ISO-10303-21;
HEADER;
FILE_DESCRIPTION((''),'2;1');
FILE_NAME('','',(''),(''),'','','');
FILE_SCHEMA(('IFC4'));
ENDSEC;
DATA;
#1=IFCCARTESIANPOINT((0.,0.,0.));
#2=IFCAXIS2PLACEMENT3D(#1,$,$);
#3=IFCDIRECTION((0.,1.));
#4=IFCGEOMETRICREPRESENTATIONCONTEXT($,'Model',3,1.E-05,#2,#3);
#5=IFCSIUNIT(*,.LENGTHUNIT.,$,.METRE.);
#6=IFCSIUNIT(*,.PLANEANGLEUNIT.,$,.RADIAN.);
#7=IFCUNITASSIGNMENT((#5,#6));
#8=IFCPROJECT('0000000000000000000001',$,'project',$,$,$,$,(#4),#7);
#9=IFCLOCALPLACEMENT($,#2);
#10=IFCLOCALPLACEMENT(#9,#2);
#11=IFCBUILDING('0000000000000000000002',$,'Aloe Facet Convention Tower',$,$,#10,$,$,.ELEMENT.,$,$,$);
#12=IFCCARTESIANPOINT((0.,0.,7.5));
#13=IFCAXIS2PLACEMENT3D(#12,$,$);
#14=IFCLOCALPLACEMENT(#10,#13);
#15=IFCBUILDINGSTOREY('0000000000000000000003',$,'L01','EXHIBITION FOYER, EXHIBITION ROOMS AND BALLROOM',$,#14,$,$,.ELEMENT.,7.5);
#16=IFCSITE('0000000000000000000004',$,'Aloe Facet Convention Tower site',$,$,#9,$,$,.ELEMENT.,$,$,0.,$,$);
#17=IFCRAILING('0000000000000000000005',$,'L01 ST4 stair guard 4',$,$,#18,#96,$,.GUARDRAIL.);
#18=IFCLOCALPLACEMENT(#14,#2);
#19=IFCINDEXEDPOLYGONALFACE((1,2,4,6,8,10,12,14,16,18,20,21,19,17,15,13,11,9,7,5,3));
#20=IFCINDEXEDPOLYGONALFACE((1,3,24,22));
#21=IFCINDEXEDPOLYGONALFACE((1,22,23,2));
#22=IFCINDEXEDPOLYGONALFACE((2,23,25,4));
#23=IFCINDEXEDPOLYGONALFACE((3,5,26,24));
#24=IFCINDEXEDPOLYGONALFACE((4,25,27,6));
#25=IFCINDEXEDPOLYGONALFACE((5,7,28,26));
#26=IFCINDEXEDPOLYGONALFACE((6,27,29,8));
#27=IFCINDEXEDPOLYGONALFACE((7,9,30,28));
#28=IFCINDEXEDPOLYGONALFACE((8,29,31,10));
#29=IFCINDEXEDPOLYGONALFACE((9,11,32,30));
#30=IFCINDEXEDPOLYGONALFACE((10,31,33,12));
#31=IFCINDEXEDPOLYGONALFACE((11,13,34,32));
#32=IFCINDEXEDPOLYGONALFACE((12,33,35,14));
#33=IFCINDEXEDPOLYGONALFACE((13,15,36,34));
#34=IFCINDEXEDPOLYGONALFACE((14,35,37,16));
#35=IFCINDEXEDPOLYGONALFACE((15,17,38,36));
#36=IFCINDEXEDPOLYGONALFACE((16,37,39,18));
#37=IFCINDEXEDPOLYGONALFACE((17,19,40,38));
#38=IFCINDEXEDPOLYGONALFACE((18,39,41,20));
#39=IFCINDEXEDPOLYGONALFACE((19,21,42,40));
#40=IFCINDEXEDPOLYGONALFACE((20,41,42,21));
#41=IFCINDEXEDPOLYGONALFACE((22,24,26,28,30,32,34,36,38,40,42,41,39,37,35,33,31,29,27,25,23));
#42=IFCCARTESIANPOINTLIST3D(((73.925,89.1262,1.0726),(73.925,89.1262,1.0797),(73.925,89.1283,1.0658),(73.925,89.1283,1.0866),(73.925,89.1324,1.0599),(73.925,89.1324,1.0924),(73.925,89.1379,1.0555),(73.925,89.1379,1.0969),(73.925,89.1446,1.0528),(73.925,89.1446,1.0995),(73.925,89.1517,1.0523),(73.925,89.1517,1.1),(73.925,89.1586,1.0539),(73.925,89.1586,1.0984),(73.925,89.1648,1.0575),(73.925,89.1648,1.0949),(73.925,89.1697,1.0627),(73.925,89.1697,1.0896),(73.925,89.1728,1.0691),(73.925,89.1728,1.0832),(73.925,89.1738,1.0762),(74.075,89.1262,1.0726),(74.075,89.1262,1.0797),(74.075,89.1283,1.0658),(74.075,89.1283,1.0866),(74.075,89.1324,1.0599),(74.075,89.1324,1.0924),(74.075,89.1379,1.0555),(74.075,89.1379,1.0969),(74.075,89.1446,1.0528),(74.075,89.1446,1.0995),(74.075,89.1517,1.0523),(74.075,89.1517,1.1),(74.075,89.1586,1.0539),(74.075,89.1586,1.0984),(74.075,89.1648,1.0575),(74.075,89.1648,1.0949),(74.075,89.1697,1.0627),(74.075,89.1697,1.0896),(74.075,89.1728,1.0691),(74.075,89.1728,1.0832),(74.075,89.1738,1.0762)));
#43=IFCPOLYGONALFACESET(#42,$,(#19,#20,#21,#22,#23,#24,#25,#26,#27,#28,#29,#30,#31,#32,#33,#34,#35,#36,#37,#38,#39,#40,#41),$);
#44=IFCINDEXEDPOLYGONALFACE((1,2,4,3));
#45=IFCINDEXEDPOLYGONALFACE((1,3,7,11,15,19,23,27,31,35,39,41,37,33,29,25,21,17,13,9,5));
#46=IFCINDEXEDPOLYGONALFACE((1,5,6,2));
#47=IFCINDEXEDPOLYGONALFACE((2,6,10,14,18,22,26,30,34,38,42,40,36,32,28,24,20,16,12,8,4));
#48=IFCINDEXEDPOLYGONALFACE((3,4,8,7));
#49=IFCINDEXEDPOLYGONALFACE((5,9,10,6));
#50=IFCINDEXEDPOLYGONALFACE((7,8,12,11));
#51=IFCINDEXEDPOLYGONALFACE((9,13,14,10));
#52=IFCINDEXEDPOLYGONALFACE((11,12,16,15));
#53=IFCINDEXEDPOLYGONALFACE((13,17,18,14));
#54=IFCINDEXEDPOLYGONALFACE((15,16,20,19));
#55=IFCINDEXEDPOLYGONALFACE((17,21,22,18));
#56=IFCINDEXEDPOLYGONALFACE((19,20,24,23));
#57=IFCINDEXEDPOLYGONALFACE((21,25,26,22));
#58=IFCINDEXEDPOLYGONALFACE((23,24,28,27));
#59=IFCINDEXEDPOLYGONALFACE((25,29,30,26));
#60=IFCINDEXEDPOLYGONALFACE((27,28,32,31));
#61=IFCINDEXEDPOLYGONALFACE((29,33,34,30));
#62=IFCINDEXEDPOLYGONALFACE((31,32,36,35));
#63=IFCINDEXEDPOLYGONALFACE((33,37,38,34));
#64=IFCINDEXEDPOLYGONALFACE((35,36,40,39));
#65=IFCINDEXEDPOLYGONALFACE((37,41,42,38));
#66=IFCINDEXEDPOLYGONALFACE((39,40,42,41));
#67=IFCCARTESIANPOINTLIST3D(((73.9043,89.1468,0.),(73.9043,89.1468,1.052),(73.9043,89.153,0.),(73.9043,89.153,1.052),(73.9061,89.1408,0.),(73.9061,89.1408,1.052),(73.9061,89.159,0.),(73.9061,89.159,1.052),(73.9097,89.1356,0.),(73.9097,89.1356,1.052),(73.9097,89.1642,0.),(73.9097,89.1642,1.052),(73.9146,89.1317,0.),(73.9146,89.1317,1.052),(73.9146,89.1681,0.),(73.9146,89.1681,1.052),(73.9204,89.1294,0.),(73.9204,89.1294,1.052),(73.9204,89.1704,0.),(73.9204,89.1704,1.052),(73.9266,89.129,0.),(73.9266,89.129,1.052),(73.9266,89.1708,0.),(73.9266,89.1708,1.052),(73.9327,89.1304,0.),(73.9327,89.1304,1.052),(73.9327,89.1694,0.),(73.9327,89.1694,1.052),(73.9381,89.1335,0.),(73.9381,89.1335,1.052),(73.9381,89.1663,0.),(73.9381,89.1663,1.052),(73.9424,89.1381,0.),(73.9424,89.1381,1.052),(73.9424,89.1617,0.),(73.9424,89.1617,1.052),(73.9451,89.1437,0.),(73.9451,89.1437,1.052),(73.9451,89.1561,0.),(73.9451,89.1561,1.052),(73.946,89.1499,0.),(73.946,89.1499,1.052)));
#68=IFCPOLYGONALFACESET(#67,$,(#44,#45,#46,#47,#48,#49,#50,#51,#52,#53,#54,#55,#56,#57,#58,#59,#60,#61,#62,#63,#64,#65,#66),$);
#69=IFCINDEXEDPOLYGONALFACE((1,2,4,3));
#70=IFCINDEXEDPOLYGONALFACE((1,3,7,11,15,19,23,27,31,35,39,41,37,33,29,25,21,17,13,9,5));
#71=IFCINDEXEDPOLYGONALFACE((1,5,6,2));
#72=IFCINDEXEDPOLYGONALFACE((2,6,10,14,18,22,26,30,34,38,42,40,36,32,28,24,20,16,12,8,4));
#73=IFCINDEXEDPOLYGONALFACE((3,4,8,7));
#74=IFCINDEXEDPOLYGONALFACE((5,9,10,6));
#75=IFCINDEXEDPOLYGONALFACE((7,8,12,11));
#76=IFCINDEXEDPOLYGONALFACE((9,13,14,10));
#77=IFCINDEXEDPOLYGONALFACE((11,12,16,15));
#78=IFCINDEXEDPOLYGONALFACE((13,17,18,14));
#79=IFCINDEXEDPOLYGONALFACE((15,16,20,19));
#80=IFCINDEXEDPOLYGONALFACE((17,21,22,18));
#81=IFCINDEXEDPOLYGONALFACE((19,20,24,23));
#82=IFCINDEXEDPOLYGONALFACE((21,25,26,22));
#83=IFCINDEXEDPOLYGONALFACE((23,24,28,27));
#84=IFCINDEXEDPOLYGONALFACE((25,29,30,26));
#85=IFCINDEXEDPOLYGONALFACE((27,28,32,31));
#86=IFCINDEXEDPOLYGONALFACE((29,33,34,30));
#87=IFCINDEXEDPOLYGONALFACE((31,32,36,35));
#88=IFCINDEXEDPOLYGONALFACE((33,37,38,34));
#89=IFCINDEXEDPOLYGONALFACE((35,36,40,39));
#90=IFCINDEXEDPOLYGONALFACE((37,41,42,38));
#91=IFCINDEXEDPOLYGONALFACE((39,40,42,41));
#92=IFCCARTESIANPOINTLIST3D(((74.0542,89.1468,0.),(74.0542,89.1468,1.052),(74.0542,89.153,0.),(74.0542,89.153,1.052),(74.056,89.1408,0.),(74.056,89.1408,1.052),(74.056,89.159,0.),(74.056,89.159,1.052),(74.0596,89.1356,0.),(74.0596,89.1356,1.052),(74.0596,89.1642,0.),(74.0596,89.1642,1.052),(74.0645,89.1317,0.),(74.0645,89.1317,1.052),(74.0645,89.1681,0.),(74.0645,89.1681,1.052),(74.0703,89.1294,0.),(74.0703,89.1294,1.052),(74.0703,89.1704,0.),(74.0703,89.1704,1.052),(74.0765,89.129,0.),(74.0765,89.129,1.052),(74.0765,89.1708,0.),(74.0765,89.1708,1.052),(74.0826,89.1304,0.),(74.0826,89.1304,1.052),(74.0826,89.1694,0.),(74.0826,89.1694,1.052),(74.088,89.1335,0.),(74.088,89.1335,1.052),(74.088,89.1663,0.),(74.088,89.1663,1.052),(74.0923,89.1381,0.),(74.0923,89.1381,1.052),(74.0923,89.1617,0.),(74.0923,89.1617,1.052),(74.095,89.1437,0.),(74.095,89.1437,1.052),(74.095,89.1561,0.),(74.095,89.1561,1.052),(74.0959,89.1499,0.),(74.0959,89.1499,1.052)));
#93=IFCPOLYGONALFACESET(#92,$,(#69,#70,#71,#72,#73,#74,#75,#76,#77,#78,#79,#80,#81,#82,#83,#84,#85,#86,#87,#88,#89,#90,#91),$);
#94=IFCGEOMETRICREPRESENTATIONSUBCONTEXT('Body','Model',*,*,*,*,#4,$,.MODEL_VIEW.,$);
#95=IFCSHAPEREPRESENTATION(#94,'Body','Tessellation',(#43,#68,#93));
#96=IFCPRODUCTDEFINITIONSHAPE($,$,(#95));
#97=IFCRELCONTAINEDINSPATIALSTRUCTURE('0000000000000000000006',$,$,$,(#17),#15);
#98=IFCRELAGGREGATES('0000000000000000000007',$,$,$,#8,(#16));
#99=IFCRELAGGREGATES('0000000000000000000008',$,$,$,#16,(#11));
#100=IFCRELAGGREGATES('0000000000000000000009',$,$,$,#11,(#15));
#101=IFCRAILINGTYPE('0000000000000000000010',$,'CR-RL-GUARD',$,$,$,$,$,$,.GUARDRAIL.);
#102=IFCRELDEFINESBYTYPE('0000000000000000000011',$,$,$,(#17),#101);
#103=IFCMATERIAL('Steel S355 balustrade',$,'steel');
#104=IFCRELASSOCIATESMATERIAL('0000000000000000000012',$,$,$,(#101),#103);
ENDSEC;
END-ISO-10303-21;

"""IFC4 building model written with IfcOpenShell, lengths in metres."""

from ifc_helpers import new_model, si_unit, direction, frame, origin, origin_2d, place, context, subcontext, project, spatial, circle, extrude, material, type_object, element, save


model = new_model("IFC4")

# Units and contexts
model_context = context("Model", 3, precision=1e-05, world=origin(), true_north=direction((0.0, 1.0)))
body_context = subcontext(model_context, "Body", "Model", "MODEL_VIEW")
ifc_project = project(units=[si_unit("LENGTHUNIT", "METRE"), si_unit("PLANEANGLEUNIT", "RADIAN")], contexts=[model_context])

# Site, building, storey
site_placement = place(None, origin())
site = spatial("IfcSite", under=ifc_project, at=site_placement, Name="Aloe Facet Convention Tower site", CompositionType="ELEMENT", RefElevation=0.0)
building_placement = place(site_placement, origin())
building = spatial("IfcBuilding", under=site, at=building_placement, Name="Aloe Facet Convention Tower", CompositionType="ELEMENT")
storey_placement = place(building_placement, frame((0.0, 0.0, 7.5)))
storey = spatial("IfcBuildingStorey", under=building, at=storey_placement, Name="L01", Description="EXHIBITION FOYER, EXHIBITION ROOMS AND BALLROOM", CompositionType="ELEMENT", Elevation=7.5)

# Railing
ifc_material_1 = material(Name="Steel S355 balustrade", Category="steel")
railing_type = type_object("IfcRailingType", Name="CR-RL-GUARD", PredefinedType="GUARDRAIL", material=ifc_material_1)
railing_1_placement = place(storey_placement, frame((73.925, 89.1499, 0.0)))
element("IfcRailing", 1, at=railing_1_placement, inside=storey, type_object=railing_type, Name="L01 ST4 stair guard 4", PredefinedType="GUARDRAIL", context=body_context, shape_type="SweptSolid", body=[
    extrude(circle(Radius=0.0239, at=origin_2d()), frame((0.0, 0.0, 1.0762), z_axis=(1.0, 0.0, 0.0), x_axis=(0.0, 1.0, 0.0)), (0.0, 0.0, 1.0), 0.1499),
    extrude(circle(Radius=0.021, at=origin_2d()), origin(), (0.0, 0.0, 1.0), 1.052),
    extrude(circle(Radius=0.021, at=origin_2d()), frame((0.1499, 0.0, 0.0)), (0.0, 0.0, 1.0), 1.052),
])

save(model, "model.ifc")
